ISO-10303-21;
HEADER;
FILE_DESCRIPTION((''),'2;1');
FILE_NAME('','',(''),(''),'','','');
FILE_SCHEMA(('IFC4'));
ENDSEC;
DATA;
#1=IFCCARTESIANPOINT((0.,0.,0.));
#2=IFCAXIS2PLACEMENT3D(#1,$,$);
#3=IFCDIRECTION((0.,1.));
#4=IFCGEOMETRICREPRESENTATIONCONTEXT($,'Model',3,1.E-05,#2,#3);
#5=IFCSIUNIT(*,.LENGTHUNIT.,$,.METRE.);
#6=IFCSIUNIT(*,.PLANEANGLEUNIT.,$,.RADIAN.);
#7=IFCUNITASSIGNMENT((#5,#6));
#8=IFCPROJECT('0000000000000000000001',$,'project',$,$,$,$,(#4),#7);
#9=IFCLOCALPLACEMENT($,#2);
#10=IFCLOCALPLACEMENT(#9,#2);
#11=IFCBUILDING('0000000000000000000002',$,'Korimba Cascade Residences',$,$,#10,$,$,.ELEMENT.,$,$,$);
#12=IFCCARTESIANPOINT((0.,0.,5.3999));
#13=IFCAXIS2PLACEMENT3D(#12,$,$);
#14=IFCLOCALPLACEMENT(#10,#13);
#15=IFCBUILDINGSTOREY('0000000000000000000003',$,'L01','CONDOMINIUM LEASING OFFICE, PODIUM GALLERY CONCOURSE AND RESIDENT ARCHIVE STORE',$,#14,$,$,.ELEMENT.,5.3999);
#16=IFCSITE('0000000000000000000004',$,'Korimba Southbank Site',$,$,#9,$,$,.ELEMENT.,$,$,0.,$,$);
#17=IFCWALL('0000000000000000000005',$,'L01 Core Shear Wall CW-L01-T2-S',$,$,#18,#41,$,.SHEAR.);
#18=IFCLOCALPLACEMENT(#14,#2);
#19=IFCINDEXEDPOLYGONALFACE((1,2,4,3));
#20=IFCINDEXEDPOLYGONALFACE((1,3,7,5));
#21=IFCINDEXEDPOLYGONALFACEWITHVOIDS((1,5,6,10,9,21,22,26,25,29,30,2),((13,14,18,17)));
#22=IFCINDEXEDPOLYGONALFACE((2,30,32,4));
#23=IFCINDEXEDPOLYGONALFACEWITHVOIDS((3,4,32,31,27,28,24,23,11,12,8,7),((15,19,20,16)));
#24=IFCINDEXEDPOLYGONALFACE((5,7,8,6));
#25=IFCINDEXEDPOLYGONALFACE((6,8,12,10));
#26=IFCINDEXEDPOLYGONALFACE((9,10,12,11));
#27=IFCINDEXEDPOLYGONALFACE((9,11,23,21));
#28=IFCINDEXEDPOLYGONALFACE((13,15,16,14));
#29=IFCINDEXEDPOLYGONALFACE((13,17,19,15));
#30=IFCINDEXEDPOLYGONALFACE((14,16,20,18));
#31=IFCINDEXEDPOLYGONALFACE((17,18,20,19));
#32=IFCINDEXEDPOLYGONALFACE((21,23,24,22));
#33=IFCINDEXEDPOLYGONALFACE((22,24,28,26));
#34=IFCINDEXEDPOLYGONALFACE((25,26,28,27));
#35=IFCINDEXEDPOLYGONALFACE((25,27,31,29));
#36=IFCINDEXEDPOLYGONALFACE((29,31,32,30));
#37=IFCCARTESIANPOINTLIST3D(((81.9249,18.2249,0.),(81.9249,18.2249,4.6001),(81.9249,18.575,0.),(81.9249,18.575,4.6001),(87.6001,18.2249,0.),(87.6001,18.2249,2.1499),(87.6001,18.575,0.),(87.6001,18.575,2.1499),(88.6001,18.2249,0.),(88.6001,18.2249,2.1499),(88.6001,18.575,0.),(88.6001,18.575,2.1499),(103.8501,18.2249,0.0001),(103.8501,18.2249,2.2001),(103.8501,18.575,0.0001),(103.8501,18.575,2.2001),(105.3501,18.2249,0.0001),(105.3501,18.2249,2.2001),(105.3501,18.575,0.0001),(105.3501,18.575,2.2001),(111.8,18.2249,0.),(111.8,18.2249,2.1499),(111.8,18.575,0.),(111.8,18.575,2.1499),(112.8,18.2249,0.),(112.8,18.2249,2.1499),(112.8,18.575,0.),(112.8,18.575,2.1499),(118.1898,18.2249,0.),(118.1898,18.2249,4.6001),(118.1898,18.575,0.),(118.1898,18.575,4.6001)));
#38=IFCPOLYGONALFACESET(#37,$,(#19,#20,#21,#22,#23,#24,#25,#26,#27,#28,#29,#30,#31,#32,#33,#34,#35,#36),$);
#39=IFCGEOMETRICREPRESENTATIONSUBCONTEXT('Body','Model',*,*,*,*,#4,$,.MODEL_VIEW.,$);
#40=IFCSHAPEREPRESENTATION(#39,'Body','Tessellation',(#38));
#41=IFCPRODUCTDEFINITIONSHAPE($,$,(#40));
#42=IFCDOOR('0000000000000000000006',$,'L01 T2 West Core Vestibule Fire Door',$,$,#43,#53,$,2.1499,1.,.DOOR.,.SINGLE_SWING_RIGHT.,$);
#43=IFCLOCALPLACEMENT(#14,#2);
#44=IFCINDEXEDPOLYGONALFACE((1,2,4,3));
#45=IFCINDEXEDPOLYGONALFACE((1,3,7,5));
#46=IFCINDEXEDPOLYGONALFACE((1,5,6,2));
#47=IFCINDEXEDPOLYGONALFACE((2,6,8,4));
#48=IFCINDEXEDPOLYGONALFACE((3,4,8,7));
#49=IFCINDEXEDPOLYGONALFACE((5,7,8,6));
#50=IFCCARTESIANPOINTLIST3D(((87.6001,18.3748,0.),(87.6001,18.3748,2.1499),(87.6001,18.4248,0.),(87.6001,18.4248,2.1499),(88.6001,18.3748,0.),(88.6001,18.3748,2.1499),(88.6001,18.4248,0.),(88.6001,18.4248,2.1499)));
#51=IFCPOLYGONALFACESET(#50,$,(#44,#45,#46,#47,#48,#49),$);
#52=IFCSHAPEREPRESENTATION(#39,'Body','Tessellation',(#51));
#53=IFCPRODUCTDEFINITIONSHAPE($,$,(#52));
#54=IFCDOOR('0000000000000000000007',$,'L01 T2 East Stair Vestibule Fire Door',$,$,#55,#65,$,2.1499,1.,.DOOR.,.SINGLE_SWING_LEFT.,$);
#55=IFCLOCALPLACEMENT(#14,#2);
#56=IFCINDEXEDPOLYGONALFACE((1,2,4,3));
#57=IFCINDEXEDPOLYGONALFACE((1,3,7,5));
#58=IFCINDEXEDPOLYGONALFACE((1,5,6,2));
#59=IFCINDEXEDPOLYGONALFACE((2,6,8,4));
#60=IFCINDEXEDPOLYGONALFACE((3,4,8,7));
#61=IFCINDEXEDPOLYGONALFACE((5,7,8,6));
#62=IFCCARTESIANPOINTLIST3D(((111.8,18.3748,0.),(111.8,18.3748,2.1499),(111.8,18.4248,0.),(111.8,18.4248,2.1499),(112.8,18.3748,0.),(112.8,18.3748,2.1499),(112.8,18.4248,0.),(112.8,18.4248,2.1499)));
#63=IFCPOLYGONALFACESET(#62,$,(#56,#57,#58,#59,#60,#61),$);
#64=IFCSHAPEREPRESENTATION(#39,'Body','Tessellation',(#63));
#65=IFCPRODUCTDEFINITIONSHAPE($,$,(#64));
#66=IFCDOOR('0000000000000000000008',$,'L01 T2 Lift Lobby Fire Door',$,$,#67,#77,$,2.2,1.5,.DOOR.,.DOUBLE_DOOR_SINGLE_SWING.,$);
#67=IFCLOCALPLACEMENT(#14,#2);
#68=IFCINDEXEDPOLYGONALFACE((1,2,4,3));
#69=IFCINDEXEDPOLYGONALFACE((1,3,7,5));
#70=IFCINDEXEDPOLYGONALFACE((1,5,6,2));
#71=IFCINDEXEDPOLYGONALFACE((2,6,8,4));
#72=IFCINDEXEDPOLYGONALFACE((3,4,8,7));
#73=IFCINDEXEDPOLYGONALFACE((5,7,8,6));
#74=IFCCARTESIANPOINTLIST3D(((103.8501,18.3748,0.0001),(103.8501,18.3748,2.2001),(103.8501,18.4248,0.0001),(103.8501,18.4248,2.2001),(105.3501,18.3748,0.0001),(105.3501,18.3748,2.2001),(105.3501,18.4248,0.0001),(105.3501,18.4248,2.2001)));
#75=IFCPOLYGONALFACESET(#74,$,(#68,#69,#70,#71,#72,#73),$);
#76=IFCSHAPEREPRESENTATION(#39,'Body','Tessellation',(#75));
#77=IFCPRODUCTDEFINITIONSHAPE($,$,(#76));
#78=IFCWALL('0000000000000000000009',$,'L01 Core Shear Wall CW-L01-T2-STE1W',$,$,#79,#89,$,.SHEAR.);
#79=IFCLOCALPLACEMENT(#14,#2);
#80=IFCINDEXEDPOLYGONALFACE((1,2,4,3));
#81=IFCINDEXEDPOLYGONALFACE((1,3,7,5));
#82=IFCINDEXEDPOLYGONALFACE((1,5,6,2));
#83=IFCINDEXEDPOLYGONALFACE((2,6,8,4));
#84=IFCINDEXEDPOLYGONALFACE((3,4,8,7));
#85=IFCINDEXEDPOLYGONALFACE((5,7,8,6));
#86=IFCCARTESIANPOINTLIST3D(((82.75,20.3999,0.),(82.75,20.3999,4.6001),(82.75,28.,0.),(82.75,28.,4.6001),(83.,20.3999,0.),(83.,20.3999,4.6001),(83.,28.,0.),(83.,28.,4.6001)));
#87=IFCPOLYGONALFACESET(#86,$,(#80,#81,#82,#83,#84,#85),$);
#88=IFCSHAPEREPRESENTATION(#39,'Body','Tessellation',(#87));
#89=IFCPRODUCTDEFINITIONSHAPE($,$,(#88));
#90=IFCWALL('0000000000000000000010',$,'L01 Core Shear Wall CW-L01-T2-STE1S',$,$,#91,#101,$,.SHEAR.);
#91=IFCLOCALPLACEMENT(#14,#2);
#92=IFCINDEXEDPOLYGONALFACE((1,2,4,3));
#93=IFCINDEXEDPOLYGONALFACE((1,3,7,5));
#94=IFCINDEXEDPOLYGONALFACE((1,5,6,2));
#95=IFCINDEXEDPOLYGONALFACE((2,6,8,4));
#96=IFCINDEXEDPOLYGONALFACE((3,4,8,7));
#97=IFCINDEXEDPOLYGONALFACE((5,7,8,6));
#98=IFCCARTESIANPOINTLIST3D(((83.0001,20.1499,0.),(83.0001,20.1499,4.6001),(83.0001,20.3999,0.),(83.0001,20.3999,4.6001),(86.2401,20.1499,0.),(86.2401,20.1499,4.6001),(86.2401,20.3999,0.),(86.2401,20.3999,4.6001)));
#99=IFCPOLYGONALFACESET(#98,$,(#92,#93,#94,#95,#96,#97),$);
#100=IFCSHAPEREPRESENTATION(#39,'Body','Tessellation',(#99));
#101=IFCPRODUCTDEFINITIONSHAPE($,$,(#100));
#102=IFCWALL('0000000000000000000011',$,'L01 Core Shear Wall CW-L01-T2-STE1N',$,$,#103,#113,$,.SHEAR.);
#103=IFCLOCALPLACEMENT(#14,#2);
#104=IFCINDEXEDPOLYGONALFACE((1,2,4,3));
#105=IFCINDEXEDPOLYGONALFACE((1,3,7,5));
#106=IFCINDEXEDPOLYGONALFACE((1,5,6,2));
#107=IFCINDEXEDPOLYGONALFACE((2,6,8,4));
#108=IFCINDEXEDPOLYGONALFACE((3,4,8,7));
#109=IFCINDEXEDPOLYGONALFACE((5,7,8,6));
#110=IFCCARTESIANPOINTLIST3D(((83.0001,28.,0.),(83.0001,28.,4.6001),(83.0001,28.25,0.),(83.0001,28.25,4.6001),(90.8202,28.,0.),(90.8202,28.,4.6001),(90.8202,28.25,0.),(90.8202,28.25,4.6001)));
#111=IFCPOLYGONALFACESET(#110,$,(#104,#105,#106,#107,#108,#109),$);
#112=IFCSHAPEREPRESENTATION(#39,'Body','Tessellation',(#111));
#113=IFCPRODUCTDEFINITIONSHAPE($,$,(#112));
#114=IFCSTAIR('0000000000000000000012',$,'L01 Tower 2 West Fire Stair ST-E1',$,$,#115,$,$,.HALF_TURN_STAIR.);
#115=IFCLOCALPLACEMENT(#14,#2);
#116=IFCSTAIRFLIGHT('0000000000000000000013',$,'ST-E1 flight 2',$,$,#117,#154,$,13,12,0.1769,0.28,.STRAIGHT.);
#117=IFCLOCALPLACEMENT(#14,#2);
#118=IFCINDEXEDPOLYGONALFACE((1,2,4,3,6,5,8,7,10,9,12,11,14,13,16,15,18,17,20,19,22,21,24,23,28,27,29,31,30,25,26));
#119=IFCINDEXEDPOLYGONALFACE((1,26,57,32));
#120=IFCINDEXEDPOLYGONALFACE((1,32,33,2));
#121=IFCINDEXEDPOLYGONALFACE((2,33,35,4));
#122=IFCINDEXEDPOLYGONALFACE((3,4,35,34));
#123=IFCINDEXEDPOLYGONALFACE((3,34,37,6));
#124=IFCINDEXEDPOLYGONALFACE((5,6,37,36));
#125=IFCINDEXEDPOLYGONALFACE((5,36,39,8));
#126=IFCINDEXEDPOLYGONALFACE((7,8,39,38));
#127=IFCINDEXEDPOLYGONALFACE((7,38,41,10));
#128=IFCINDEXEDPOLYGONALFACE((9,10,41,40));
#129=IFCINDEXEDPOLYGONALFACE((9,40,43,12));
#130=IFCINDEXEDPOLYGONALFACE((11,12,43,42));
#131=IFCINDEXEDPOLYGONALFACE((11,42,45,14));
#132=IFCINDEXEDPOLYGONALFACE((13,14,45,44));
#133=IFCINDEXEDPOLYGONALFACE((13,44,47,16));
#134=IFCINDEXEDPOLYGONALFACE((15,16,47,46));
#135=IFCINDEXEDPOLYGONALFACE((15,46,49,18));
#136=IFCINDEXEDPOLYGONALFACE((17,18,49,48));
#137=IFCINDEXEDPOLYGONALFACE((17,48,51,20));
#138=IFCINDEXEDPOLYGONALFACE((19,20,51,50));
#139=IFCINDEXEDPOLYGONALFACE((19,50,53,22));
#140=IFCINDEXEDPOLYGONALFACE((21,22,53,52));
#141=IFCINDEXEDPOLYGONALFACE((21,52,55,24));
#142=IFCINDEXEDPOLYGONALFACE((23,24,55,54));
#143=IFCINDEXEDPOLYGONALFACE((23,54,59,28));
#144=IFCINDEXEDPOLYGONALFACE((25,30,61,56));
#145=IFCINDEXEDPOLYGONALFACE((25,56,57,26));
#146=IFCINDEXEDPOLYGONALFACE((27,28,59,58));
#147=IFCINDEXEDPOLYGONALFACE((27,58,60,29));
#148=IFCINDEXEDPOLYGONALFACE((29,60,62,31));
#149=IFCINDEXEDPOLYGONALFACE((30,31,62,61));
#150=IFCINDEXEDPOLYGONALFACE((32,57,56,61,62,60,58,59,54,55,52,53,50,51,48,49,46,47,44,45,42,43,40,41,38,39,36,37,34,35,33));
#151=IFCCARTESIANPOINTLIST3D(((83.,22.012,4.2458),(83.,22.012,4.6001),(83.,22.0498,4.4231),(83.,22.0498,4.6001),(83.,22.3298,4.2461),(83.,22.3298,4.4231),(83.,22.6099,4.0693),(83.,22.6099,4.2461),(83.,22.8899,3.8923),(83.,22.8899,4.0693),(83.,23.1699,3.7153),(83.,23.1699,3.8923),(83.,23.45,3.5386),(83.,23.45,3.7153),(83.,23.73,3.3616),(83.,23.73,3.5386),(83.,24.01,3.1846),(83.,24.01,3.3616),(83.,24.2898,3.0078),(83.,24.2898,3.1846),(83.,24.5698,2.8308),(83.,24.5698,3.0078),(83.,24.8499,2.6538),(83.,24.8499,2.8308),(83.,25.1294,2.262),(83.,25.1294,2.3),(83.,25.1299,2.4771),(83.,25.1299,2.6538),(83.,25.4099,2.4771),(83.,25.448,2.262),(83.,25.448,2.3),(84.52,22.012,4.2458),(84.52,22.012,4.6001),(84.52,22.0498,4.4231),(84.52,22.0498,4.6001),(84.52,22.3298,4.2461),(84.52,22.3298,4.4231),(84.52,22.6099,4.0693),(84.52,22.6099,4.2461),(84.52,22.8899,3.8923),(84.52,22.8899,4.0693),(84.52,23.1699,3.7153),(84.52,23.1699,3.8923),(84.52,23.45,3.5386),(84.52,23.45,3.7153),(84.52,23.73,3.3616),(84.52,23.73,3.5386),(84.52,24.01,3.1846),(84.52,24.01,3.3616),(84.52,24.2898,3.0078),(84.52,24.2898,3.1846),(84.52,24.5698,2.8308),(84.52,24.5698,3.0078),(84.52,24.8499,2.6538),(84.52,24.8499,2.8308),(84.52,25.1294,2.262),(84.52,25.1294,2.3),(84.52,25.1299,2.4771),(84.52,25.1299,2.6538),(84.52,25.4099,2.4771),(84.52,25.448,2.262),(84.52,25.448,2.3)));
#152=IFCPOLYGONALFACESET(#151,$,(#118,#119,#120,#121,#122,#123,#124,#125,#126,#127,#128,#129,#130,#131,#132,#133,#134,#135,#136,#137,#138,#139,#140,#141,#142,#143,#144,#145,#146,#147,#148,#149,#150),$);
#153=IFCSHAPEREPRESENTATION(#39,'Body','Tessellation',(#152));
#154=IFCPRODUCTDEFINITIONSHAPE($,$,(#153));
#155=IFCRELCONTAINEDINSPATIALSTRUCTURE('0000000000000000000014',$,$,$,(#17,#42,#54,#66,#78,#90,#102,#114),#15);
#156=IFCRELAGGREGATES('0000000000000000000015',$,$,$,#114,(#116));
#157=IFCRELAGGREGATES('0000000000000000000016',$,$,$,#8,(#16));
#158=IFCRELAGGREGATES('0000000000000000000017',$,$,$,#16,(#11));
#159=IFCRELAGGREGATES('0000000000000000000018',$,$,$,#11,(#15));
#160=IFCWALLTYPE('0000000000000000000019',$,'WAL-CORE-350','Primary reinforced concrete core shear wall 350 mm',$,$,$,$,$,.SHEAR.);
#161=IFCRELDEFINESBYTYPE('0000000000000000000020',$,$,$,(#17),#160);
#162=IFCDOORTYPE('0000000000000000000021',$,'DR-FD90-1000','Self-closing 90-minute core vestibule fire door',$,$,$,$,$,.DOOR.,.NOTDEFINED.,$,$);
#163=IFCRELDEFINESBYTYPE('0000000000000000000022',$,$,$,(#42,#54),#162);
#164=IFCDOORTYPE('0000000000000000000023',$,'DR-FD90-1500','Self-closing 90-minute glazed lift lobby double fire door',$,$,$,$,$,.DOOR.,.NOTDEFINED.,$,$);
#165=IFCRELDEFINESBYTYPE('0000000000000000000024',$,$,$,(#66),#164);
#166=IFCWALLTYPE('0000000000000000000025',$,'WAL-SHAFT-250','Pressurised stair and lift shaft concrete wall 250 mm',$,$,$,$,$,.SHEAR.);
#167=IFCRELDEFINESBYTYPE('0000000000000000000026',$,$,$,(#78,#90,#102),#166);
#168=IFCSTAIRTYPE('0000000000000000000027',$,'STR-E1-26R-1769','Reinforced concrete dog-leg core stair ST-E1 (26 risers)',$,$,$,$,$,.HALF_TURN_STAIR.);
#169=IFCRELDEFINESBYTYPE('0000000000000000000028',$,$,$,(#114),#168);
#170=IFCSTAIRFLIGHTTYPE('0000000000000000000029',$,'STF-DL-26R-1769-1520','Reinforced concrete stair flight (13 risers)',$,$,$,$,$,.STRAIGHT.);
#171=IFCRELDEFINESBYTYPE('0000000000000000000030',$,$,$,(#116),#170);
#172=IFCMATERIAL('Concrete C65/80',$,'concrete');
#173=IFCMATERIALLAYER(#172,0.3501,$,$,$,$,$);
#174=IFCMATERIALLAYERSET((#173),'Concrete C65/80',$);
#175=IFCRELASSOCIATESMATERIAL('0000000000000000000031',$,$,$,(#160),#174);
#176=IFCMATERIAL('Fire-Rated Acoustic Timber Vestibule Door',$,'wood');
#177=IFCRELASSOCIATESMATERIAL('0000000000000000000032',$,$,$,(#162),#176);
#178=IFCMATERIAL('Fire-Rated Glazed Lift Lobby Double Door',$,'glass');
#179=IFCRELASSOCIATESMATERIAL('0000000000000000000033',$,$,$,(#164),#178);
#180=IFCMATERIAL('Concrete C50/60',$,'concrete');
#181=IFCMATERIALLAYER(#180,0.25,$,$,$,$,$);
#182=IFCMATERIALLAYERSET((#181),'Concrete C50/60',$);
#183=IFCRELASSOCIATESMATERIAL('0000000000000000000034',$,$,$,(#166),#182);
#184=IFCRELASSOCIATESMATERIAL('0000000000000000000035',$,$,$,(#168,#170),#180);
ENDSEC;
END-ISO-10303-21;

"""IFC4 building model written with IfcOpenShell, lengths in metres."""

from ifc_helpers import new_model, si_unit, direction, frame, frame_2d, origin, place, context, subcontext, project, spatial, polyline, rectangle, outline, extrude, material, layer, layer_set, type_object, element, fill, aggregate, save


model = new_model("IFC4")

# Units and contexts
model_context = context("Model", 3, precision=1e-05, world=origin(), true_north=direction((0.0, 1.0)))
body_context = subcontext(model_context, "Body", "Model", "MODEL_VIEW")
ifc_project = project(units=[si_unit("LENGTHUNIT", "METRE"), si_unit("PLANEANGLEUNIT", "RADIAN")], contexts=[model_context])

# Site, building, storey
site_placement = place(None, origin())
site = spatial("IfcSite", under=ifc_project, at=site_placement, Name="Korimba Southbank Site", CompositionType="ELEMENT", RefElevation=0.0)
building_placement = place(site_placement, origin())
building = spatial("IfcBuilding", under=site, at=building_placement, Name="Korimba Cascade Residences", CompositionType="ELEMENT")
storey_placement = place(building_placement, frame((0.0, 0.0, 5.3999)))
storey = spatial("IfcBuildingStorey", under=building, at=storey_placement, Name="L01", Description="CONDOMINIUM LEASING OFFICE, PODIUM GALLERY CONCOURSE AND RESIDENT ARCHIVE STORE", CompositionType="ELEMENT", Elevation=5.3999)

# Shared definitions
ifc_material_1 = material(Name="Concrete C50/60", Category="concrete")

# Shared definitions
ifc_material_2 = material(Name="Concrete C65/80", Category="concrete")
ifc_layer_1 = layer(ifc_material_2, 0.3501)
ifc_layer_set_1 = layer_set([ifc_layer_1], Name="Concrete C65/80")
wall_type_1 = type_object("IfcWallType", Name="WAL-CORE-350", Description="Primary reinforced concrete core shear wall 350 mm", PredefinedType="SHEAR", material=ifc_layer_set_1)

# Wall, openings, doors
wall_1_placement = place(storey_placement, frame((81.925, 18.3999, 0.0), z_axis=(0.0, 0.0, 1.0), x_axis=(1.0, 0.0, 0.0)))
wall_1 = element("IfcWall", 1, at=wall_1_placement, inside=storey, type_object=wall_type_1, Name="L01 Core Shear Wall CW-L01-T2-S", PredefinedType="SHEAR", context=body_context, shape_type="SweptSolid", body=[
    extrude(rectangle(XDim=36.2649, YDim=0.3501, at=frame_2d((18.1323, 0.0))), origin(), (0.0, 0.0, 1.0), 4.6001),
])
opening_1_placement = place(wall_1_placement, frame((5.675, 0.0, 0.0)))
opening_1 = element("IfcOpeningElement", 2, at=opening_1_placement, cuts=wall_1, PredefinedType="OPENING", context=body_context, shape_type="SweptSolid", body=[
    extrude(rectangle(XDim=1.0, YDim=2.1499, at=frame_2d((0.5, 1.075))), frame((0.0, 0.1851, 0.0), z_axis=(0.0, -1.0, 0.0), x_axis=(1.0, 0.0, 0.0)), (0.0, 0.0, 1.0), 0.3701),
])
opening_2_placement = place(wall_1_placement, frame((21.925, 0.0, 0.0)))
opening_2 = element("IfcOpeningElement", 3, at=opening_2_placement, cuts=wall_1, PredefinedType="OPENING", context=body_context, shape_type="SweptSolid", body=[
    extrude(rectangle(XDim=1.5, YDim=2.2, at=frame_2d((0.75, 1.1001))), frame((0.0, 0.1851, 0.0), z_axis=(0.0, -1.0, 0.0), x_axis=(1.0, 0.0, 0.0)), (0.0, 0.0, 1.0), 0.3701),
])
opening_3_placement = place(wall_1_placement, frame((29.875, 0.0, 0.0)))
opening_3 = element("IfcOpeningElement", 4, at=opening_3_placement, cuts=wall_1, PredefinedType="OPENING", context=body_context, shape_type="SweptSolid", body=[
    extrude(rectangle(XDim=1.0, YDim=2.1499, at=frame_2d((0.5, 1.075))), frame((0.0, 0.1851, 0.0), z_axis=(0.0, -1.0, 0.0), x_axis=(1.0, 0.0, 0.0)), (0.0, 0.0, 1.0), 0.3701),
])
ifc_material_3 = material(Name="Fire-Rated Acoustic Timber Vestibule Door", Category="wood")
door_type_1 = type_object("IfcDoorType", Name="DR-FD90-1000", Description="Self-closing 90-minute core vestibule fire door", OperationType="NOTDEFINED", PredefinedType="DOOR", material=ifc_material_3)
door_1_placement = place(opening_1_placement, origin())
door_1 = element("IfcDoor", 5, at=door_1_placement, inside=storey, type_object=door_type_1, Name="L01 T2 West Core Vestibule Fire Door", OperationType="SINGLE_SWING_RIGHT", OverallHeight=2.1499, OverallWidth=1.0, PredefinedType="DOOR", context=body_context, shape_type="SweptSolid", body=[
    extrude(rectangle(XDim=1.0, YDim=2.1499, at=frame_2d((0.5, 1.075))), frame((0.0, 0.0249, 0.0), z_axis=(0.0, -1.0, 0.0), x_axis=(1.0, 0.0, 0.0)), (0.0, 0.0, 1.0), 0.05),
])
fill(opening_1, door_1)
door_2_placement = place(opening_3_placement, origin())
door_2 = element("IfcDoor", 6, at=door_2_placement, inside=storey, type_object=door_type_1, Name="L01 T2 East Stair Vestibule Fire Door", OperationType="SINGLE_SWING_LEFT", OverallHeight=2.1499, OverallWidth=1.0, PredefinedType="DOOR", context=body_context, shape_type="SweptSolid", body=[
    extrude(rectangle(XDim=1.0, YDim=2.1499, at=frame_2d((0.5, 1.075))), frame((0.0, 0.0249, 0.0), z_axis=(0.0, -1.0, 0.0), x_axis=(1.0, 0.0, 0.0)), (0.0, 0.0, 1.0), 0.05),
])
fill(opening_3, door_2)
ifc_material_4 = material(Name="Fire-Rated Glazed Lift Lobby Double Door", Category="glass")
door_type_2 = type_object("IfcDoorType", Name="DR-FD90-1500", Description="Self-closing 90-minute glazed lift lobby double fire door", OperationType="NOTDEFINED", PredefinedType="DOOR", material=ifc_material_4)
door_3_placement = place(opening_2_placement, origin())
door_3 = element("IfcDoor", 7, at=door_3_placement, inside=storey, type_object=door_type_2, Name="L01 T2 Lift Lobby Fire Door", OperationType="DOUBLE_DOOR_SINGLE_SWING", OverallHeight=2.2, OverallWidth=1.5, PredefinedType="DOOR", context=body_context, shape_type="SweptSolid", body=[
    extrude(rectangle(XDim=1.5, YDim=2.2, at=frame_2d((0.75, 1.1001))), frame((0.0, 0.0249, 0.0), z_axis=(0.0, -1.0, 0.0), x_axis=(1.0, 0.0, 0.0)), (0.0, 0.0, 1.0), 0.05),
])
fill(opening_2, door_3)

# Walls
ifc_layer_2 = layer(ifc_material_1, 0.25)
ifc_layer_set_2 = layer_set([ifc_layer_2], Name="Concrete C50/60")
wall_type_2 = type_object("IfcWallType", Name="WAL-SHAFT-250", Description="Pressurised stair and lift shaft concrete wall 250 mm", PredefinedType="SHEAR", material=ifc_layer_set_2)
wall_2_placement = place(storey_placement, frame((82.875, 20.3999, 0.0), z_axis=(0.0, 0.0, 1.0), x_axis=(0.0, 1.0, 0.0)))
element("IfcWall", 8, at=wall_2_placement, inside=storey, type_object=wall_type_2, Name="L01 Core Shear Wall CW-L01-T2-STE1W", PredefinedType="SHEAR", context=body_context, shape_type="SweptSolid", body=[
    extrude(rectangle(XDim=7.6001, YDim=0.25, at=frame_2d((3.8, 0.0))), origin(), (0.0, 0.0, 1.0), 4.6001),
])
wall_3_placement = place(storey_placement, frame((83.0, 20.2749, 0.0), z_axis=(0.0, 0.0, 1.0), x_axis=(1.0, 0.0, 0.0)))
element("IfcWall", 9, at=wall_3_placement, inside=storey, type_object=wall_type_2, Name="L01 Core Shear Wall CW-L01-T2-STE1S", PredefinedType="SHEAR", context=body_context, shape_type="SweptSolid", body=[
    extrude(rectangle(XDim=3.24, YDim=0.25, at=frame_2d((1.6201, 0.0))), origin(), (0.0, 0.0, 1.0), 4.6001),
])
wall_4_placement = place(storey_placement, frame((83.0, 28.125, 0.0), z_axis=(0.0, 0.0, 1.0), x_axis=(1.0, 0.0, 0.0)))
element("IfcWall", 10, at=wall_4_placement, inside=storey, type_object=wall_type_2, Name="L01 Core Shear Wall CW-L01-T2-STE1N", PredefinedType="SHEAR", context=body_context, shape_type="SweptSolid", body=[
    extrude(rectangle(XDim=7.8201, YDim=0.25, at=frame_2d((3.9102, 0.0))), origin(), (0.0, 0.0, 1.0), 4.6001),
])

# Stair, stair flight
stair_type = type_object("IfcStairType", Name="STR-E1-26R-1769", Description="Reinforced concrete dog-leg core stair ST-E1 (26 risers)", PredefinedType="HALF_TURN_STAIR", material=ifc_material_1)
stair_placement = place(storey_placement, origin())
stair = element("IfcStair", 11, at=stair_placement, inside=storey, type_object=stair_type, Name="L01 Tower 2 West Fire Stair ST-E1", PredefinedType="HALF_TURN_STAIR")
stair_flight_type = type_object("IfcStairFlightType", Name="STF-DL-26R-1769-1520", Description="Reinforced concrete stair flight (13 risers)", PredefinedType="STRAIGHT", material=ifc_material_1)
stair_flight_placement = place(storey_placement, frame((83.76, 25.4099, 2.3), z_axis=(0.0, 0.0, 1.0), x_axis=(0.0, -1.0, 0.0)))
stair_flight = element("IfcStairFlight", 12, at=stair_flight_placement, type_object=stair_flight_type, Name="ST-E1 flight 2", NumberOfRisers=13, NumberOfTreads=12, PredefinedType="STRAIGHT", RiserHeight=0.1769, TreadLength=0.28, context=body_context, shape_type="SweptSolid", body=[
    extrude(outline(polyline([(-0.0381, 0.0), (0.0, 0.177), (0.28, 0.177), (0.28, 0.3538), (0.5601, 0.3538), (0.5601, 0.5308), (0.8401, 0.5308), (0.8401, 0.7078), (1.1201, 0.7078), (1.1201, 0.8845), (1.3999, 0.8845), (1.3999, 1.0615), (1.6799, 1.0615), (1.6799, 1.2385), (1.96, 1.2385), (1.96, 1.4153), (2.24, 1.4153), (2.24, 1.5923), (2.52, 1.5923), (2.52, 1.7693), (2.8, 1.7693), (2.8, 1.946), (3.0801, 1.946), (3.0801, 2.123), (3.3601, 2.123), (3.3601, 2.3), (3.3979, 2.3), (3.3979, 1.9458), (0.2805, 0.0), (0.2805, -0.0381), (-0.0381, -0.0381), (-0.0381, 0.0)])), frame((0.0, 0.76, 0.0), z_axis=(0.0, -1.0, 0.0), x_axis=(1.0, 0.0, 0.0)), (0.0, 0.0, 1.0), 1.52),
])
aggregate(stair, [stair_flight])

save(model, "model.ifc")
